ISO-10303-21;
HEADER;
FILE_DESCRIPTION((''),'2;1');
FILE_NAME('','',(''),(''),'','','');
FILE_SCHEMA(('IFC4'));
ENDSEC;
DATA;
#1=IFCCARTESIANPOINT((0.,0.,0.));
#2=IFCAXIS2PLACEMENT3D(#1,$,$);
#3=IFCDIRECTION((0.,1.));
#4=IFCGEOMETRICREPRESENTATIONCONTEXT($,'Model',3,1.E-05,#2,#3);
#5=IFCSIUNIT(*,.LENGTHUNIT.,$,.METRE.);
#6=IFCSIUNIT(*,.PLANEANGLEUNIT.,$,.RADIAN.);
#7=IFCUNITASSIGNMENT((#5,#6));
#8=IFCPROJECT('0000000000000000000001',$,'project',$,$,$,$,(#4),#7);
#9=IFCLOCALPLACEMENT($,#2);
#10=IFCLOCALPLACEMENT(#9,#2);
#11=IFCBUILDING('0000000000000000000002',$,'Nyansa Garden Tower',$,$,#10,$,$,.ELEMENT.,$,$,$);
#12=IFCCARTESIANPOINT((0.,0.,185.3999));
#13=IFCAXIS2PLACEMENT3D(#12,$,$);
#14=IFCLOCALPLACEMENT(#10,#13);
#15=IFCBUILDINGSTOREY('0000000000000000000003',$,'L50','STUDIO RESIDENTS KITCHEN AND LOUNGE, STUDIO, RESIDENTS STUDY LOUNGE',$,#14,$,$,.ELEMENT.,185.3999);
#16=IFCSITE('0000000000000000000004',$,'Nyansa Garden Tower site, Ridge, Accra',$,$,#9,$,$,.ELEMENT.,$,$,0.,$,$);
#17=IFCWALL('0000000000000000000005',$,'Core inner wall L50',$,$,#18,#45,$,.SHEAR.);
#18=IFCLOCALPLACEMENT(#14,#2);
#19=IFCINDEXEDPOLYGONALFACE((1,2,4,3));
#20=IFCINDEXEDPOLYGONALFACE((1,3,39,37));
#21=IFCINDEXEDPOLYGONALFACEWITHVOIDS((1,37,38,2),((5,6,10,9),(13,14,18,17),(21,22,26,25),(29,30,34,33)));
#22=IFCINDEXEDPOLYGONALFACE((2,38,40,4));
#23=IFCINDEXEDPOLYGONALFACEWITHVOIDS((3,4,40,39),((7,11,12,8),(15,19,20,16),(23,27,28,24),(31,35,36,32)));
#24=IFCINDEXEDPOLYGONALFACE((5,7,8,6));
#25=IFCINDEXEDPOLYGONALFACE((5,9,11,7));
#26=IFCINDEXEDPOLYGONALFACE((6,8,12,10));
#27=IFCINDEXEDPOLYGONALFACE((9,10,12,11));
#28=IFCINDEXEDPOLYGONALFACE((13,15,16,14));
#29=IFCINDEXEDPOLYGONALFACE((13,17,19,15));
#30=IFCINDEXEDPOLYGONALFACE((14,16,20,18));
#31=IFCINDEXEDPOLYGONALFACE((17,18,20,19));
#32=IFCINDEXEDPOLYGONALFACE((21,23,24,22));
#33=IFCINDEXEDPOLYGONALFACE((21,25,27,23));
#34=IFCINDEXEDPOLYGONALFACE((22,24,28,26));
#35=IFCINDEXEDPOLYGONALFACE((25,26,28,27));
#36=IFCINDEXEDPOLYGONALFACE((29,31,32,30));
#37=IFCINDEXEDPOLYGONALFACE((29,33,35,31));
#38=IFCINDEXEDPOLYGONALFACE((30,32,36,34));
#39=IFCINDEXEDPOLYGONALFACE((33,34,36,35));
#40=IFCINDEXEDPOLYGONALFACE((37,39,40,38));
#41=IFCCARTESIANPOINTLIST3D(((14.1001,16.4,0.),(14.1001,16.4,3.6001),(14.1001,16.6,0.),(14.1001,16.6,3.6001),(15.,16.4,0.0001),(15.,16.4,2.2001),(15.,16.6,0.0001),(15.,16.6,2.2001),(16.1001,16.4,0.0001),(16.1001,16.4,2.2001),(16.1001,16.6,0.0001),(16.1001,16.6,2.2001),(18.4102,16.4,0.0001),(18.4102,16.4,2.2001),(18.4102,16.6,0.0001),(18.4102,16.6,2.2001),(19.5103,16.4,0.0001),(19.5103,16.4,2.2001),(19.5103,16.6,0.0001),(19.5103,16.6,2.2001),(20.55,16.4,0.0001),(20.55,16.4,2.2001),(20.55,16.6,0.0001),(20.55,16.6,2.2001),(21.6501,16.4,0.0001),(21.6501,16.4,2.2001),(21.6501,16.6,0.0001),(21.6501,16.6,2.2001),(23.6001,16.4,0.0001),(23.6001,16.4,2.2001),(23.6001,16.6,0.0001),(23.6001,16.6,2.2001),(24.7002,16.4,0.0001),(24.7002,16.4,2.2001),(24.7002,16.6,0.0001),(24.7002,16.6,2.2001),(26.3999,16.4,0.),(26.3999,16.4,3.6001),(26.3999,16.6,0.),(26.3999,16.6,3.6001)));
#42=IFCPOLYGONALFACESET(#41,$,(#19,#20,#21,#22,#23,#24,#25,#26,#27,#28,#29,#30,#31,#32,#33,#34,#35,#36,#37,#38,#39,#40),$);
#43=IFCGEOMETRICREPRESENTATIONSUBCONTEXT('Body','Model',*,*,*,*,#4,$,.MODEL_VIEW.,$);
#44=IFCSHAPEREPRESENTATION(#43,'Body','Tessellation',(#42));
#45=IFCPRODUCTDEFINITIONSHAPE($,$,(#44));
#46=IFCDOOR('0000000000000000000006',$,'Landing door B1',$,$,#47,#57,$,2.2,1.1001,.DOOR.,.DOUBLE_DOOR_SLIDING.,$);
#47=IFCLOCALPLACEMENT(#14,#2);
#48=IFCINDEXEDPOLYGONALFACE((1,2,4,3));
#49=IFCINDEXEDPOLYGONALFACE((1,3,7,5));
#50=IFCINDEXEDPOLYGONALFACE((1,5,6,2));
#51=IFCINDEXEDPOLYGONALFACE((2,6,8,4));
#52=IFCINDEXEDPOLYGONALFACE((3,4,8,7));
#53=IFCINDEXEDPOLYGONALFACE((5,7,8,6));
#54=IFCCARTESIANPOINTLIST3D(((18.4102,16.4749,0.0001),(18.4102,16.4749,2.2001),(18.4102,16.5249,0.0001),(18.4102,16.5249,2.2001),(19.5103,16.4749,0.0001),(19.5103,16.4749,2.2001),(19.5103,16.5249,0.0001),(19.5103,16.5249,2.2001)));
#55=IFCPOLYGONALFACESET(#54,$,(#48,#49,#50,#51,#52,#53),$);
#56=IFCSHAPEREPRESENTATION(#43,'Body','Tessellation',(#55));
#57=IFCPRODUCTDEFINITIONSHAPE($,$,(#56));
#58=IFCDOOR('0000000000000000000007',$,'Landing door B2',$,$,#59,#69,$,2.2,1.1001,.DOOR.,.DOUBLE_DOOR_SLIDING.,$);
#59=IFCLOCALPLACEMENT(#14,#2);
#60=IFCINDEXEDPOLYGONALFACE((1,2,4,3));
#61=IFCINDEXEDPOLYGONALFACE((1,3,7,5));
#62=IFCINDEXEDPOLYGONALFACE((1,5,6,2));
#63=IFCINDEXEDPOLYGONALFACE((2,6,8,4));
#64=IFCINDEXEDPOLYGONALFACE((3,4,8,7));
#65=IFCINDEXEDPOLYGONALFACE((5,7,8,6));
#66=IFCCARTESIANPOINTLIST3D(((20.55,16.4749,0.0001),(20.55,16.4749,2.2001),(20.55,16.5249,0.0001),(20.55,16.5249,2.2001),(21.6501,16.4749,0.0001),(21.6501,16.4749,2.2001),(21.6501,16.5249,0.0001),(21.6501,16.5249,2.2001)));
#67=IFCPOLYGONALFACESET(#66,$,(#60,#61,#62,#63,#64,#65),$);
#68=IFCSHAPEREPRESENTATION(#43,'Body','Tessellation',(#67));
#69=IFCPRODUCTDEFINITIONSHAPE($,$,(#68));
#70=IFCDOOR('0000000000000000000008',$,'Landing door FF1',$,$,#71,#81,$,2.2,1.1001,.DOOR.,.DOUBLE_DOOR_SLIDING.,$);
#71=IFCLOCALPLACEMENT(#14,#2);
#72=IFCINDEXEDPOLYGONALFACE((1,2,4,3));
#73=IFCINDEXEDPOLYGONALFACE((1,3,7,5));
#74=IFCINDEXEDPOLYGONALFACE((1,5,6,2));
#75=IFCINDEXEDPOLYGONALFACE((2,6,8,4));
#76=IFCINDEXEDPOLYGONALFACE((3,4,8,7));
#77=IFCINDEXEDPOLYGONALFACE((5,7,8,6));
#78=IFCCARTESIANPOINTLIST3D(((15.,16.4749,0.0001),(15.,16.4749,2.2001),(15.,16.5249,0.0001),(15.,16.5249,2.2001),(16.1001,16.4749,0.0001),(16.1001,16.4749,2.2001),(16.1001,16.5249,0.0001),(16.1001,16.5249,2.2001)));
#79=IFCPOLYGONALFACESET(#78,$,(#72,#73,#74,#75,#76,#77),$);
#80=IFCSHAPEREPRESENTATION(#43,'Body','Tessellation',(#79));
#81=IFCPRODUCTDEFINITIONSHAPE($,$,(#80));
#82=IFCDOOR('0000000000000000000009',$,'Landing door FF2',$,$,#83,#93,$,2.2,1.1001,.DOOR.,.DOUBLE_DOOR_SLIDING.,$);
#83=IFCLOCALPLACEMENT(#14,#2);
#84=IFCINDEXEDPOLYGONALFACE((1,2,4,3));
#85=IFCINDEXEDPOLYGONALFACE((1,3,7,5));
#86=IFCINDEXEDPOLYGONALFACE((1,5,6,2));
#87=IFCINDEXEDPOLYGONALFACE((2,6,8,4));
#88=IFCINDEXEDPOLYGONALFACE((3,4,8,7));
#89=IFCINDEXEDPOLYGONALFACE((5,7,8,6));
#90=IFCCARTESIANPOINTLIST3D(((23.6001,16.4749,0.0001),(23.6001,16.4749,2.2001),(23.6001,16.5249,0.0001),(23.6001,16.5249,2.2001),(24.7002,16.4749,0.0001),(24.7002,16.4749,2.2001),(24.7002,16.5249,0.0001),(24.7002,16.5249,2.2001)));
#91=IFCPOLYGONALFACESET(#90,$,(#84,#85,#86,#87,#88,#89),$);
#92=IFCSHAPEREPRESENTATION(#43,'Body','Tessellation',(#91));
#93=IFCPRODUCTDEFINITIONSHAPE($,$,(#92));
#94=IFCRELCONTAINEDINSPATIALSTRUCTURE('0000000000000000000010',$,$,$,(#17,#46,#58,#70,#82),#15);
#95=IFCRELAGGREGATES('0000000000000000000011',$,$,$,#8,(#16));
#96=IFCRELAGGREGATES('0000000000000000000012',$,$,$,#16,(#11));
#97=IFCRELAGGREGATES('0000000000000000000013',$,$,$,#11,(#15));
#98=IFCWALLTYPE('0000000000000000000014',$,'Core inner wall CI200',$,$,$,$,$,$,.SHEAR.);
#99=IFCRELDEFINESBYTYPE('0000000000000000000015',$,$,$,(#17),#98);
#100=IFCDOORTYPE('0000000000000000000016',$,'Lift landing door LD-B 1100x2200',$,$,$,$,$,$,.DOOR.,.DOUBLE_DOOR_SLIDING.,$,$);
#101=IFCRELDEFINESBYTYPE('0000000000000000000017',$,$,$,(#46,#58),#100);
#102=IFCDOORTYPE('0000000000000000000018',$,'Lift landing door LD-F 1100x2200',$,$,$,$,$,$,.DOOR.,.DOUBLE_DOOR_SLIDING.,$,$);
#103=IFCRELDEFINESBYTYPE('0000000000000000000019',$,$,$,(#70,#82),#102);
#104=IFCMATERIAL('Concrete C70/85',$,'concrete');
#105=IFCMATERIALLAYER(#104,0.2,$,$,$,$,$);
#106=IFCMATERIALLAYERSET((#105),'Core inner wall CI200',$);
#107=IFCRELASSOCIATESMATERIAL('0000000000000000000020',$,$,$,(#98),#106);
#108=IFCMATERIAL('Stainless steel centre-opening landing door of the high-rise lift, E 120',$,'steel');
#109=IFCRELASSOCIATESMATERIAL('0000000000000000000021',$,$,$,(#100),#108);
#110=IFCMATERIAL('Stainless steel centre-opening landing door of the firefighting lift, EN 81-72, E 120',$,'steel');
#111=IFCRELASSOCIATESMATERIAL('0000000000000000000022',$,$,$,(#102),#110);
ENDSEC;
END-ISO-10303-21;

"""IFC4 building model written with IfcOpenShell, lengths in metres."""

from ifc_helpers import new_model, si_unit, direction, frame, frame_2d, origin, place, context, subcontext, project, spatial, rectangle, extrude, material, layer, layer_set, type_object, element, fill, save


model = new_model("IFC4")

# Units and contexts
model_context = context("Model", 3, precision=1e-05, world=origin(), true_north=direction((0.0, 1.0)))
body_context = subcontext(model_context, "Body", "Model", "MODEL_VIEW")
ifc_project = project(units=[si_unit("LENGTHUNIT", "METRE"), si_unit("PLANEANGLEUNIT", "RADIAN")], contexts=[model_context])

# Site, building, storey
site_placement = place(None, origin())
site = spatial("IfcSite", under=ifc_project, at=site_placement, Name="Nyansa Garden Tower site, Ridge, Accra", CompositionType="ELEMENT", RefElevation=0.0)
building_placement = place(site_placement, origin())
building = spatial("IfcBuilding", under=site, at=building_placement, Name="Nyansa Garden Tower", CompositionType="ELEMENT")
storey_placement = place(building_placement, frame((0.0, 0.0, 185.3999)))
storey = spatial("IfcBuildingStorey", under=building, at=storey_placement, Name="L50", Description="STUDIO RESIDENTS KITCHEN AND LOUNGE, STUDIO, RESIDENTS STUDY LOUNGE", CompositionType="ELEMENT", Elevation=185.3999)

# Wall, openings, doors
ifc_material_1 = material(Name="Concrete C70/85", Category="concrete")
ifc_layer_1 = layer(ifc_material_1, 0.2)
ifc_layer_set_1 = layer_set([ifc_layer_1], Name="Core inner wall CI200")
wall_type_1 = type_object("IfcWallType", Name="Core inner wall CI200", PredefinedType="SHEAR", material=ifc_layer_set_1)
wall_1_placement = place(storey_placement, frame((14.1001, 16.5, 0.0), z_axis=(0.0, 0.0, 1.0), x_axis=(1.0, 0.0, 0.0)))
wall_1 = element("IfcWall", 1, at=wall_1_placement, inside=storey, type_object=wall_type_1, Name="Core inner wall L50", PredefinedType="SHEAR", context=body_context, shape_type="SweptSolid", body=[
    extrude(rectangle(XDim=12.2998, YDim=0.2, at=frame_2d((6.1499, 0.0))), origin(), (0.0, 0.0, 1.0), 3.6001),
])
opening_1_placement = place(wall_1_placement, frame((0.8999, 0.0, 0.0)))
opening_1 = element("IfcOpeningElement", 2, at=opening_1_placement, cuts=wall_1, PredefinedType="OPENING", context=body_context, shape_type="SweptSolid", body=[
    extrude(rectangle(XDim=1.1001, YDim=2.2, at=frame_2d((0.55, 1.1001))), frame((0.0, 0.1099, 0.0), z_axis=(0.0, -1.0, 0.0), x_axis=(1.0, 0.0, 0.0)), (0.0, 0.0, 1.0), 0.22),
])
opening_2_placement = place(wall_1_placement, frame((4.3101, 0.0, 0.0)))
opening_2 = element("IfcOpeningElement", 3, at=opening_2_placement, cuts=wall_1, PredefinedType="OPENING", context=body_context, shape_type="SweptSolid", body=[
    extrude(rectangle(XDim=1.1001, YDim=2.2, at=frame_2d((0.55, 1.1001))), frame((0.0, 0.1099, 0.0), z_axis=(0.0, -1.0, 0.0), x_axis=(1.0, 0.0, 0.0)), (0.0, 0.0, 1.0), 0.22),
])
opening_3_placement = place(wall_1_placement, frame((6.45, 0.0, 0.0)))
opening_3 = element("IfcOpeningElement", 4, at=opening_3_placement, cuts=wall_1, PredefinedType="OPENING", context=body_context, shape_type="SweptSolid", body=[
    extrude(rectangle(XDim=1.1001, YDim=2.2, at=frame_2d((0.55, 1.1001))), frame((0.0, 0.1099, 0.0), z_axis=(0.0, -1.0, 0.0), x_axis=(1.0, 0.0, 0.0)), (0.0, 0.0, 1.0), 0.22),
])
opening_4_placement = place(wall_1_placement, frame((9.5, 0.0, 0.0)))
opening_4 = element("IfcOpeningElement", 5, at=opening_4_placement, cuts=wall_1, PredefinedType="OPENING", context=body_context, shape_type="SweptSolid", body=[
    extrude(rectangle(XDim=1.1001, YDim=2.2, at=frame_2d((0.55, 1.1001))), frame((0.0, 0.1099, 0.0), z_axis=(0.0, -1.0, 0.0), x_axis=(1.0, 0.0, 0.0)), (0.0, 0.0, 1.0), 0.22),
])
ifc_material_2 = material(Name="Stainless steel centre-opening landing door of the high-rise lift, E 120", Category="steel")
door_type_1 = type_object("IfcDoorType", Name="Lift landing door LD-B 1100x2200", OperationType="DOUBLE_DOOR_SLIDING", PredefinedType="DOOR", material=ifc_material_2)
door_1_placement = place(opening_2_placement, origin())
door_1 = element("IfcDoor", 6, at=door_1_placement, inside=storey, type_object=door_type_1, Name="Landing door B1", OperationType="DOUBLE_DOOR_SLIDING", OverallHeight=2.2, OverallWidth=1.1001, PredefinedType="DOOR", context=body_context, shape_type="SweptSolid", body=[
    extrude(rectangle(XDim=1.1001, YDim=2.2, at=frame_2d((0.55, 1.1001))), frame((0.0, 0.0249, 0.0), z_axis=(0.0, -1.0, 0.0), x_axis=(1.0, 0.0, 0.0)), (0.0, 0.0, 1.0), 0.05),
])
fill(opening_2, door_1)
door_2_placement = place(opening_3_placement, origin())
door_2 = element("IfcDoor", 7, at=door_2_placement, inside=storey, type_object=door_type_1, Name="Landing door B2", OperationType="DOUBLE_DOOR_SLIDING", OverallHeight=2.2, OverallWidth=1.1001, PredefinedType="DOOR", context=body_context, shape_type="SweptSolid", body=[
    extrude(rectangle(XDim=1.1001, YDim=2.2, at=frame_2d((0.55, 1.1001))), frame((0.0, 0.0249, 0.0), z_axis=(0.0, -1.0, 0.0), x_axis=(1.0, 0.0, 0.0)), (0.0, 0.0, 1.0), 0.05),
])
fill(opening_3, door_2)
ifc_material_3 = material(Name="Stainless steel centre-opening landing door of the firefighting lift, EN 81-72, E 120", Category="steel")
door_type_2 = type_object("IfcDoorType", Name="Lift landing door LD-F 1100x2200", OperationType="DOUBLE_DOOR_SLIDING", PredefinedType="DOOR", material=ifc_material_3)
door_3_placement = place(opening_1_placement, origin())
door_3 = element("IfcDoor", 8, at=door_3_placement, inside=storey, type_object=door_type_2, Name="Landing door FF1", OperationType="DOUBLE_DOOR_SLIDING", OverallHeight=2.2, OverallWidth=1.1001, PredefinedType="DOOR", context=body_context, shape_type="SweptSolid", body=[
    extrude(rectangle(XDim=1.1001, YDim=2.2, at=frame_2d((0.55, 1.1001))), frame((0.0, 0.0249, 0.0), z_axis=(0.0, -1.0, 0.0), x_axis=(1.0, 0.0, 0.0)), (0.0, 0.0, 1.0), 0.05),
])
fill(opening_1, door_3)
door_4_placement = place(opening_4_placement, origin())
door_4 = element("IfcDoor", 9, at=door_4_placement, inside=storey, type_object=door_type_2, Name="Landing door FF2", OperationType="DOUBLE_DOOR_SLIDING", OverallHeight=2.2, OverallWidth=1.1001, PredefinedType="DOOR", context=body_context, shape_type="SweptSolid", body=[
    extrude(rectangle(XDim=1.1001, YDim=2.2, at=frame_2d((0.55, 1.1001))), frame((0.0, 0.0249, 0.0), z_axis=(0.0, -1.0, 0.0), x_axis=(1.0, 0.0, 0.0)), (0.0, 0.0, 1.0), 0.05),
])
fill(opening_4, door_4)

save(model, "model.ifc")
